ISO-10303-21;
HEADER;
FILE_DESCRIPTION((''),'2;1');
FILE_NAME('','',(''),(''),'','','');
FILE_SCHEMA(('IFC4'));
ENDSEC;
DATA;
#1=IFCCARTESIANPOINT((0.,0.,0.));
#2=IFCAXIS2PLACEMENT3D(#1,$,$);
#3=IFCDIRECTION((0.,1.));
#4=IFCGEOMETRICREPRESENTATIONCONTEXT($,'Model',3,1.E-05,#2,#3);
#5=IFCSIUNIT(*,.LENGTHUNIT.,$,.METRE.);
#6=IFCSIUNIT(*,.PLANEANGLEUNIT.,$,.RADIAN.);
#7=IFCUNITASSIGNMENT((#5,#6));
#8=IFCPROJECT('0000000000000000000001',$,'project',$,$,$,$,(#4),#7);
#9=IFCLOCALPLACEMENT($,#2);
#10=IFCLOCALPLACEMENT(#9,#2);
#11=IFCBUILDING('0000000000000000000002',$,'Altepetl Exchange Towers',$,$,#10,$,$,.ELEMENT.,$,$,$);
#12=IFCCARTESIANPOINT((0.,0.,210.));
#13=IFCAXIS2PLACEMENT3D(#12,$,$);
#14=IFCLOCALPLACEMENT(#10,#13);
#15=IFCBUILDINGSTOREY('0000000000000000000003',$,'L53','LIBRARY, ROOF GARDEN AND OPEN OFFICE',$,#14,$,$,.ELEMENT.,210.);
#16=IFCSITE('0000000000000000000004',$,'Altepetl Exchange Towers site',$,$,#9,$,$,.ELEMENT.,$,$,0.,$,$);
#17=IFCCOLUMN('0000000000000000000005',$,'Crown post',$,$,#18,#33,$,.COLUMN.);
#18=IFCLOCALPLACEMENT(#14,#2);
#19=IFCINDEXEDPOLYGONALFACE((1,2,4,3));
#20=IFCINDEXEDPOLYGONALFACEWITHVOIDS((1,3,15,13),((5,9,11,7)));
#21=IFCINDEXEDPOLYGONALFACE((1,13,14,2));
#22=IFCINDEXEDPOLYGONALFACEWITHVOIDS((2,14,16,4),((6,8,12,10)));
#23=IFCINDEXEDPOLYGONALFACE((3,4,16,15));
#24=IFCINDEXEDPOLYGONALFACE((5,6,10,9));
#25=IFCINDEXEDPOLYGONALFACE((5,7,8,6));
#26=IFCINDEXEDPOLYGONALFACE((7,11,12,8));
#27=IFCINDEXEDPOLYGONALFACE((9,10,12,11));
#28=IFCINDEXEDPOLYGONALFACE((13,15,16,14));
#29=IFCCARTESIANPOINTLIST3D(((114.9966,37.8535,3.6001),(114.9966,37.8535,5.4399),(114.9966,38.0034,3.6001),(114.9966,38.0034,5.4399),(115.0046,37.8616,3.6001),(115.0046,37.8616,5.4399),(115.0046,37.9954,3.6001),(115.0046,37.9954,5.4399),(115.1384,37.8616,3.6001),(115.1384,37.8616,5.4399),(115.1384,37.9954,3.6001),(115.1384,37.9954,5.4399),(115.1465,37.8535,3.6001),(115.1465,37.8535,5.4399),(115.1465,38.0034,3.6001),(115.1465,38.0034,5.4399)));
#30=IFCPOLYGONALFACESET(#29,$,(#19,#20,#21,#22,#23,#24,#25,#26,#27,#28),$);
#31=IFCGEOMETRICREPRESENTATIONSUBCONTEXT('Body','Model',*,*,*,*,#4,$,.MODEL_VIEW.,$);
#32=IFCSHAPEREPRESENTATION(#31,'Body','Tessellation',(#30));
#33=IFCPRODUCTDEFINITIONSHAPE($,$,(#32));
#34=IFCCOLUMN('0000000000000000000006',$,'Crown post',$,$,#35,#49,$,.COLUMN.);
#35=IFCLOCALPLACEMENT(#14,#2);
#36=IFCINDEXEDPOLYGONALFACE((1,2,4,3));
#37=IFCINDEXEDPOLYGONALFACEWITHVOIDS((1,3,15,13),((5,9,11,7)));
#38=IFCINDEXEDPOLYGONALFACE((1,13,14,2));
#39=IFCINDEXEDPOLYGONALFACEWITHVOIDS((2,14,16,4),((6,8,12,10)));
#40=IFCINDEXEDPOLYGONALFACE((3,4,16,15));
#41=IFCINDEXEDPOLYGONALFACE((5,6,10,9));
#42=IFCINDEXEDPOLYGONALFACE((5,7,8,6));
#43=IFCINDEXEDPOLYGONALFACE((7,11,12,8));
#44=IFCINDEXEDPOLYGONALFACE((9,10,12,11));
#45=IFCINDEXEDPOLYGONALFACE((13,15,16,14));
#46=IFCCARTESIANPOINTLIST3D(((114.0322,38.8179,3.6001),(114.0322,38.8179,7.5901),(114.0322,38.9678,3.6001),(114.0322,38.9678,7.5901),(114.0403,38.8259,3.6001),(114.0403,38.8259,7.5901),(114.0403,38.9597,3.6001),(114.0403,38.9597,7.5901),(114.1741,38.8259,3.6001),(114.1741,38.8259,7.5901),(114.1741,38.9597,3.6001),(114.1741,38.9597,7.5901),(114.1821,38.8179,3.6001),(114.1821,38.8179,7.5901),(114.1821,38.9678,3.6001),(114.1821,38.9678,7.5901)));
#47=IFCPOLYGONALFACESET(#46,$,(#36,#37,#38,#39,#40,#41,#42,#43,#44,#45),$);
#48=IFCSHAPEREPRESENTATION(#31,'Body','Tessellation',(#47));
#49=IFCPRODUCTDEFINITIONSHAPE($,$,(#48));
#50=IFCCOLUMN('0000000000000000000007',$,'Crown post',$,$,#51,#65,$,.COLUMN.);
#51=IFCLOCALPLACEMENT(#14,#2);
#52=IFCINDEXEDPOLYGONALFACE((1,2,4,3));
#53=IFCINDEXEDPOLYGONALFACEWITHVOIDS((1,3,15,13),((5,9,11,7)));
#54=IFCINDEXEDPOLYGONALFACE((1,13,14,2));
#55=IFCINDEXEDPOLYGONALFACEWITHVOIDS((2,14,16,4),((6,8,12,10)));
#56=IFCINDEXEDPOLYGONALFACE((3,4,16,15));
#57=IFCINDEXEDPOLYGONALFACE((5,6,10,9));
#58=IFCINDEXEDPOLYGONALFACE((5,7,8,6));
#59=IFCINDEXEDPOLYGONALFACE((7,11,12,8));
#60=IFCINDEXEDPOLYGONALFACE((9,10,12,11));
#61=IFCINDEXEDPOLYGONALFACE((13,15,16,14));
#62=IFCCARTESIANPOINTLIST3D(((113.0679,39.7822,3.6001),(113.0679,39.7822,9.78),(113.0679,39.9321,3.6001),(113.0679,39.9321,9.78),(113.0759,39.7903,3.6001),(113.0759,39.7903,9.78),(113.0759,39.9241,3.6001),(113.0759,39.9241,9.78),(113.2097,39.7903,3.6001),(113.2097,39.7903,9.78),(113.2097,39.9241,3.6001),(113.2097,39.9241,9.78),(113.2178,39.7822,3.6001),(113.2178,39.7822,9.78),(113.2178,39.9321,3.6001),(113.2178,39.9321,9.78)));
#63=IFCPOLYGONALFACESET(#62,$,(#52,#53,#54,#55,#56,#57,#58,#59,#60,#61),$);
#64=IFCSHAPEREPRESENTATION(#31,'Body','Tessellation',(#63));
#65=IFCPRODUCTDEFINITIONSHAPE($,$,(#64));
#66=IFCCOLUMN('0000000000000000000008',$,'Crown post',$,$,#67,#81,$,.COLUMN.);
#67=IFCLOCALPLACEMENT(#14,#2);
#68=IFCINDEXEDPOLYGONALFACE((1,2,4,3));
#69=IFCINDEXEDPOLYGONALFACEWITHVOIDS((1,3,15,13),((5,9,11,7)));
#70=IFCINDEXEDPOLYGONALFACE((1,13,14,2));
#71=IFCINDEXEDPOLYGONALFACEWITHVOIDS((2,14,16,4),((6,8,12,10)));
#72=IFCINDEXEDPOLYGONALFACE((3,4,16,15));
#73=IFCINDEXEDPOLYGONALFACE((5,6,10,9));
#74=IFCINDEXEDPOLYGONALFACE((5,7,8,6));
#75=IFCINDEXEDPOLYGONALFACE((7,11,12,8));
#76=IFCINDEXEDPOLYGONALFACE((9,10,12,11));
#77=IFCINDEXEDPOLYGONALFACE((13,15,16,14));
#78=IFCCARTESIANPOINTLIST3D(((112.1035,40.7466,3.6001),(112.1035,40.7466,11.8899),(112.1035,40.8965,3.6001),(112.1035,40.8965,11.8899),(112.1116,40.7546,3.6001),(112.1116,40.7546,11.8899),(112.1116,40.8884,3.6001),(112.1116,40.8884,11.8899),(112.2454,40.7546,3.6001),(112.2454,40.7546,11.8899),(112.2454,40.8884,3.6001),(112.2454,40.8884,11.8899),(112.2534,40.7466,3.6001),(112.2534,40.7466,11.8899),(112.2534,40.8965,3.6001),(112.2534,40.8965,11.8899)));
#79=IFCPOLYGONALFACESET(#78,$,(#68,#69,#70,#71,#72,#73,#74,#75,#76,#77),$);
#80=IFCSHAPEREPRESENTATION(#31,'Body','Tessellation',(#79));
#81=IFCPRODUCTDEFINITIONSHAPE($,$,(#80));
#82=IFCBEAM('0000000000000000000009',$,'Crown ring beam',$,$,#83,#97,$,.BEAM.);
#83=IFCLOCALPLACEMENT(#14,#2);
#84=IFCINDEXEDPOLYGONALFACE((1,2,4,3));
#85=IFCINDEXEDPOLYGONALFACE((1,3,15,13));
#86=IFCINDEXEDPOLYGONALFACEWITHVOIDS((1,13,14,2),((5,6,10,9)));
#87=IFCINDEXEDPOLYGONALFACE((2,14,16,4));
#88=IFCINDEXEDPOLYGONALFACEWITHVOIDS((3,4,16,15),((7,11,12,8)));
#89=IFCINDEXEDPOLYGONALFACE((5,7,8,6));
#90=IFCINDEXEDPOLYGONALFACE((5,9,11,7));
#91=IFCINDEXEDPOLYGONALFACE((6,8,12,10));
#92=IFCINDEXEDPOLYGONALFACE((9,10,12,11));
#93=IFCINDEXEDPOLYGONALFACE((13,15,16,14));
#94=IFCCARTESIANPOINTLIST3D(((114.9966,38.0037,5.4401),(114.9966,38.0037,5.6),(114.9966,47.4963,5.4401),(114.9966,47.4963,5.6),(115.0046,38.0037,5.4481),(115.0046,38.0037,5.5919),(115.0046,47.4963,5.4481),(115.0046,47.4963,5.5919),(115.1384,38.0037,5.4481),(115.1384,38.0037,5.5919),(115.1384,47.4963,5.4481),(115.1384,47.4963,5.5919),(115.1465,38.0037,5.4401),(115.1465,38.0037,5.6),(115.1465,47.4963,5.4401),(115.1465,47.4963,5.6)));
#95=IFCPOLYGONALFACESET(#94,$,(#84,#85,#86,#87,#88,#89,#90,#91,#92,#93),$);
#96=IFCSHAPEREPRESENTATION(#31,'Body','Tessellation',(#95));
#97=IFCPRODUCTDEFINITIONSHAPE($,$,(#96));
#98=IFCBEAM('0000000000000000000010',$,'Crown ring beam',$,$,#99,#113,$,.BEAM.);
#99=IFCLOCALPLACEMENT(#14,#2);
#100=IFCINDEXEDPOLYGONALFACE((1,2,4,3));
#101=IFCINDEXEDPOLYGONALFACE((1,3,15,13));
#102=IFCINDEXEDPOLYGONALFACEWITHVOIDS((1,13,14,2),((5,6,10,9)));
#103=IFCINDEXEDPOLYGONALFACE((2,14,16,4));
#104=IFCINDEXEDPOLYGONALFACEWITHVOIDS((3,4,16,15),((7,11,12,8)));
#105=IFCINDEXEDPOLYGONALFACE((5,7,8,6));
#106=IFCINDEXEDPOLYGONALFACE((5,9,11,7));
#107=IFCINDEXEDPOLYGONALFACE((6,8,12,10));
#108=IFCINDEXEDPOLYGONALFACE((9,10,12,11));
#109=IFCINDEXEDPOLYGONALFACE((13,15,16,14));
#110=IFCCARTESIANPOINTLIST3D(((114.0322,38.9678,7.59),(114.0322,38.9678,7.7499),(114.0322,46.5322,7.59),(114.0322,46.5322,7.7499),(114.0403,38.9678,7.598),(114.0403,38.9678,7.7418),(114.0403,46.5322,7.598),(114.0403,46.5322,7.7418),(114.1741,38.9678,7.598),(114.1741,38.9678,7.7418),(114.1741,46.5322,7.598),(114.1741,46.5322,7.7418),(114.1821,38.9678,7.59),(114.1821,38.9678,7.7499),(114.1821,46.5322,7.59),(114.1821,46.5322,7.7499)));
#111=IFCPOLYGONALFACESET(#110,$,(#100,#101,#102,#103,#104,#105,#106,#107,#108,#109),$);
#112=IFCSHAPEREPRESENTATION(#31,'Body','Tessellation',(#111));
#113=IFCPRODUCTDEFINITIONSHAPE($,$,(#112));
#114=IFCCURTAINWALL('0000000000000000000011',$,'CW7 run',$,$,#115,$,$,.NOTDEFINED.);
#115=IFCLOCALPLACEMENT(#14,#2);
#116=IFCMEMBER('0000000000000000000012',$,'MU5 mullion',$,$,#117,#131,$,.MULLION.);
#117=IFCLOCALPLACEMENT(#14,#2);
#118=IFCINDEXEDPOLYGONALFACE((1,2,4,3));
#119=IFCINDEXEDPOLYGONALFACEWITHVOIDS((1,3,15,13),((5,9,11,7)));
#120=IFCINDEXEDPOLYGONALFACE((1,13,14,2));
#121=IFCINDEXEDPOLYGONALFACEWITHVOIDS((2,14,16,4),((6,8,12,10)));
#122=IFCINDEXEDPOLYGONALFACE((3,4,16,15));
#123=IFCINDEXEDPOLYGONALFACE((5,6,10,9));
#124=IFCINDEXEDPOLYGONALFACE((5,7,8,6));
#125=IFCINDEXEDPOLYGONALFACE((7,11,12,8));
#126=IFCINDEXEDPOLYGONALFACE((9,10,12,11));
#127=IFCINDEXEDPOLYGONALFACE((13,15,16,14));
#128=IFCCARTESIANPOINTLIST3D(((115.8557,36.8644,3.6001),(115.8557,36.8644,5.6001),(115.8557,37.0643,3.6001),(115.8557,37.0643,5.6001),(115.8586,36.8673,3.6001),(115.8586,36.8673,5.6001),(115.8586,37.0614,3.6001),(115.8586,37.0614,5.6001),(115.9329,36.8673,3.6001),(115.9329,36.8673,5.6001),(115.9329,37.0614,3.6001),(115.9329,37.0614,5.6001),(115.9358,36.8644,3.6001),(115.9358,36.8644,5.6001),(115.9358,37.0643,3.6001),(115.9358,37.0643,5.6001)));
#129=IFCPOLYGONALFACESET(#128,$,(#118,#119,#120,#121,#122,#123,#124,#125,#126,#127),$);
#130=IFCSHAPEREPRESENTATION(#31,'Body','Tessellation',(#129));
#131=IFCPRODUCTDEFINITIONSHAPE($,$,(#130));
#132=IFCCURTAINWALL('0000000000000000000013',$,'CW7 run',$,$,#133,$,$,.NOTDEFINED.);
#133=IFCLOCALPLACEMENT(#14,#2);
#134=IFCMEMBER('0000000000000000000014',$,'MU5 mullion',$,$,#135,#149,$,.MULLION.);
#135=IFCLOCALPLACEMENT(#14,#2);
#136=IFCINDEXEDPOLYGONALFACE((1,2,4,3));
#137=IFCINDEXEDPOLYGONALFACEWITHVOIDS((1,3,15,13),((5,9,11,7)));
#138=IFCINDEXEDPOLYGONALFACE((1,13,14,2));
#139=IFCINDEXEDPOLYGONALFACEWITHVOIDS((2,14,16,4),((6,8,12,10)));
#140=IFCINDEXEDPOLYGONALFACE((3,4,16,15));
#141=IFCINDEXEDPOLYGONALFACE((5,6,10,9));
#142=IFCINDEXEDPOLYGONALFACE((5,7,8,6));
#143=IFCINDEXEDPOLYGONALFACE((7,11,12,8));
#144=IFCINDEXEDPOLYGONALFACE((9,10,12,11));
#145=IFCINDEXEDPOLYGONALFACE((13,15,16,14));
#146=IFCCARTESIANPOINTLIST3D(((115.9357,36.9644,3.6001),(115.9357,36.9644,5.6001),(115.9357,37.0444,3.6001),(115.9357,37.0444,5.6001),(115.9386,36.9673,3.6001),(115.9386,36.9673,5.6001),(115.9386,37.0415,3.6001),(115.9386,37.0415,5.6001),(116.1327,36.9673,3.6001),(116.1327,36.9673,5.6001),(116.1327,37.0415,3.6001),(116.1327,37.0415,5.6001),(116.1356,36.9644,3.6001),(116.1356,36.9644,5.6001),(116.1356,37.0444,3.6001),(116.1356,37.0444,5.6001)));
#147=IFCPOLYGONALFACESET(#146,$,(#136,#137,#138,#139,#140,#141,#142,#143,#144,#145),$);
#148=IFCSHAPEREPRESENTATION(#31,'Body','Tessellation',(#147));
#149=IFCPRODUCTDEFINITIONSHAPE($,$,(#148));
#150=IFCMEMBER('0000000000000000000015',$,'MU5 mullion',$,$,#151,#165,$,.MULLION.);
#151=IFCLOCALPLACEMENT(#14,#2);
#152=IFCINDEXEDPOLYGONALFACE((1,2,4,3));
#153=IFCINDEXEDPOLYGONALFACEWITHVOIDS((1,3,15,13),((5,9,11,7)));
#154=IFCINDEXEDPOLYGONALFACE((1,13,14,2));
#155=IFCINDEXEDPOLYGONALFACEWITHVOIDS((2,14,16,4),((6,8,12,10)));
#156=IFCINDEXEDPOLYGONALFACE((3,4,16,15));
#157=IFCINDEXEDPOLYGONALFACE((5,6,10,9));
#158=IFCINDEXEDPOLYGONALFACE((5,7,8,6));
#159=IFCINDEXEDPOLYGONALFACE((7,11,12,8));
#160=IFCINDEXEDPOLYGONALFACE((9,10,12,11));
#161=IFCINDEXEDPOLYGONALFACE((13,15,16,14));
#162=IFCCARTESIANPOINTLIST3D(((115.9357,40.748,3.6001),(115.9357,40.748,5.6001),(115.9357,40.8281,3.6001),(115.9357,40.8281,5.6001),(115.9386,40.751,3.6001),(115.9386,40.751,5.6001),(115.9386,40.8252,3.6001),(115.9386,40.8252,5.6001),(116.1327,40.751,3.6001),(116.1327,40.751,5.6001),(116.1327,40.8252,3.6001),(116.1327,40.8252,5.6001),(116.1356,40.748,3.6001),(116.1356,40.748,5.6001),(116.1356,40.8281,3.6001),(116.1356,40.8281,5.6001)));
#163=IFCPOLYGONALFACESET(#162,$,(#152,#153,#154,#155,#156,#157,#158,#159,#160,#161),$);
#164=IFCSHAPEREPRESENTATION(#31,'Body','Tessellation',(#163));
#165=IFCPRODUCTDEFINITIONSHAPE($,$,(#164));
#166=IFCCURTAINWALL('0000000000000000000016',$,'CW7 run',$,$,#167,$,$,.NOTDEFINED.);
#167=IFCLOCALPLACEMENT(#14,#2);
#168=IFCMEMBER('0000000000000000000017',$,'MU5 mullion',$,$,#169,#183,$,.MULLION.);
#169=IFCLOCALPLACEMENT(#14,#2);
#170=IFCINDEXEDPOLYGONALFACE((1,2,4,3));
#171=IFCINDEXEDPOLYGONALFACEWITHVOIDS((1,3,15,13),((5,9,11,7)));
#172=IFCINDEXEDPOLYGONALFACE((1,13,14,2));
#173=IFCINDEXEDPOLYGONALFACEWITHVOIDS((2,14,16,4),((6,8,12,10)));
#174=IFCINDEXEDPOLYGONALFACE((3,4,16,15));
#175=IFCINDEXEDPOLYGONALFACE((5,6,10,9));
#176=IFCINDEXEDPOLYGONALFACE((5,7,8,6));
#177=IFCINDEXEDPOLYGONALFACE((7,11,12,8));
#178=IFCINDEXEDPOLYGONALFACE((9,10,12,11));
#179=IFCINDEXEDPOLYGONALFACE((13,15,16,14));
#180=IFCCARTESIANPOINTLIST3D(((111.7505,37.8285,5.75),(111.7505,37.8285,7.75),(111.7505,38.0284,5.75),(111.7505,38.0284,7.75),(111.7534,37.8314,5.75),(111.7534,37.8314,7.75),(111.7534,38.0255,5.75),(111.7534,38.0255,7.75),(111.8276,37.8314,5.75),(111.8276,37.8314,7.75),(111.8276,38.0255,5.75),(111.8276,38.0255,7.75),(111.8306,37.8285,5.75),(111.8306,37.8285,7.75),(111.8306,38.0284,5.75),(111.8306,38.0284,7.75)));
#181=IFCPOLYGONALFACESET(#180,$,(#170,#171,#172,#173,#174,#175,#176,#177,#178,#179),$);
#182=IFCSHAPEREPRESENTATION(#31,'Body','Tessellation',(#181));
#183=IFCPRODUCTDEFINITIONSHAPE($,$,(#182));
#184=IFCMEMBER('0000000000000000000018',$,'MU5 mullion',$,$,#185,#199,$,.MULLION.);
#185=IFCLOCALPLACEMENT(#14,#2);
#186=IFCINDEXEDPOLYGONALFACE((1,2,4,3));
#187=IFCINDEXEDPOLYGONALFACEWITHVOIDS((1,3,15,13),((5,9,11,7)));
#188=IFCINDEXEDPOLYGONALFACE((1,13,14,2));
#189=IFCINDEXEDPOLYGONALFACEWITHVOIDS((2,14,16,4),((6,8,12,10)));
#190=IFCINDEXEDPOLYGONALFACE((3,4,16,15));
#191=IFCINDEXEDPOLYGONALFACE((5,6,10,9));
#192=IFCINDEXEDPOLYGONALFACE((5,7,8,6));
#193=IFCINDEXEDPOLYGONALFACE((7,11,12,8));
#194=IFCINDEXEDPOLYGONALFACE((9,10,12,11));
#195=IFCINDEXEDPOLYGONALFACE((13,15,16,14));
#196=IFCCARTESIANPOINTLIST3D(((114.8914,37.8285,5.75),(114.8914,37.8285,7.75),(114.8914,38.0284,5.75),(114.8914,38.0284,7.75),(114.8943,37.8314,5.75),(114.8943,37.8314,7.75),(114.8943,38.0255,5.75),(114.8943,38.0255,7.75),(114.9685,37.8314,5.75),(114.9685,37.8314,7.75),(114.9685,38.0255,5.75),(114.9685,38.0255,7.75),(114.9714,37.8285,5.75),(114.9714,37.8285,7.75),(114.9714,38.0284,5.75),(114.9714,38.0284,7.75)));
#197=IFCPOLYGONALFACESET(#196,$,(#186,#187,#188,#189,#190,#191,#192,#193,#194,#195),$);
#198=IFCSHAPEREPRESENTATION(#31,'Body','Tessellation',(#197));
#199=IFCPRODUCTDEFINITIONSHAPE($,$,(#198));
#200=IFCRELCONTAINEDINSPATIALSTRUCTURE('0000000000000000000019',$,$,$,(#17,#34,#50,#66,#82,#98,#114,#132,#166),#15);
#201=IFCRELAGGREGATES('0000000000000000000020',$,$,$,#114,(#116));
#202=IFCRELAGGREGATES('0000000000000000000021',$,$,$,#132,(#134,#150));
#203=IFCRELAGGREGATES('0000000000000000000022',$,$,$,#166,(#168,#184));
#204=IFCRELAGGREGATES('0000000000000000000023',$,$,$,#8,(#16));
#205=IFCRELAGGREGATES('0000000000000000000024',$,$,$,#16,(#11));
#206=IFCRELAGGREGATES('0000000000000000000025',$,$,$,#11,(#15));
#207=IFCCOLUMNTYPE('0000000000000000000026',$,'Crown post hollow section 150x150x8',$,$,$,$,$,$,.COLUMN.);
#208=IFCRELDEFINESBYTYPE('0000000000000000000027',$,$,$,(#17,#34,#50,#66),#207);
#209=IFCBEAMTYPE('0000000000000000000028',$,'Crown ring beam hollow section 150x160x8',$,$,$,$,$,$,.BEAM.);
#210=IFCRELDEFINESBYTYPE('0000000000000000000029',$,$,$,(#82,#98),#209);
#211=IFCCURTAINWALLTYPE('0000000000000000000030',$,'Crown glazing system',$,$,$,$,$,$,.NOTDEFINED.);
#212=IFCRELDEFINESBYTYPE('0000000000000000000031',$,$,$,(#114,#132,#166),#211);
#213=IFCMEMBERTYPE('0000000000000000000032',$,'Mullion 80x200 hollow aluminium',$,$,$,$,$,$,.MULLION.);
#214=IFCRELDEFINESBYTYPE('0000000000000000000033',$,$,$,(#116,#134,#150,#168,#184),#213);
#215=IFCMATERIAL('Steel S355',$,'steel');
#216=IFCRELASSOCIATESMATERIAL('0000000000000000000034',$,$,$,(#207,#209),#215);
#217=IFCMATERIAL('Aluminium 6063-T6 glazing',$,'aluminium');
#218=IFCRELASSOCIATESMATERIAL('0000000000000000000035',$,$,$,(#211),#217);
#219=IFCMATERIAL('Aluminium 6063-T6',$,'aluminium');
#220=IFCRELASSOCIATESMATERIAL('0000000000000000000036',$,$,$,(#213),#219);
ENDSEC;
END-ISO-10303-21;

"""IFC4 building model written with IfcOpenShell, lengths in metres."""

from ifc_helpers import new_model, si_unit, direction, frame, origin, origin_2d, place, context, subcontext, project, spatial, hollow_rectangle, extrude, material, material_profile, profile_set, type_object, element, aggregate, save


model = new_model("IFC4")

# Units and contexts
model_context = context("Model", 3, precision=1e-05, world=origin(), true_north=direction((0.0, 1.0)))
body_context = subcontext(model_context, "Body", "Model", "MODEL_VIEW")
ifc_project = project(units=[si_unit("LENGTHUNIT", "METRE"), si_unit("PLANEANGLEUNIT", "RADIAN")], contexts=[model_context])

# Site, building, storey
site_placement = place(None, origin())
site = spatial("IfcSite", under=ifc_project, at=site_placement, Name="Altepetl Exchange Towers site", CompositionType="ELEMENT", RefElevation=0.0)
building_placement = place(site_placement, origin())
building = spatial("IfcBuilding", under=site, at=building_placement, Name="Altepetl Exchange Towers", CompositionType="ELEMENT")
storey_placement = place(building_placement, frame((0.0, 0.0, 210.0)))
storey = spatial("IfcBuildingStorey", under=building, at=storey_placement, Name="L53", Description="LIBRARY, ROOF GARDEN AND OPEN OFFICE", CompositionType="ELEMENT", Elevation=210.0)

# Columns
ifc_material_1 = material(Name="Steel S355", Category="steel")
ifc_material_profile_1 = material_profile(ifc_material_1, hollow_rectangle(XDim=0.1499, YDim=0.1499, WallThickness=0.0081, at=origin_2d()), Name="RHS 150x150x8")
ifc_profile_set_1 = profile_set([ifc_material_profile_1], Name="Steel S355")
column_type = type_object("IfcColumnType", Name="Crown post hollow section 150x150x8", PredefinedType="COLUMN", material=ifc_profile_set_1)
column_1_placement = place(storey_placement, frame((115.0715, 37.9285, 3.6001)))
element("IfcColumn", 1, at=column_1_placement, inside=storey, type_object=column_type, Name="Crown post", PredefinedType="COLUMN", context=body_context, shape_type="SweptSolid", body=[
    extrude(hollow_rectangle(XDim=0.1499, YDim=0.1499, WallThickness=0.0081, at=origin_2d()), origin(), (0.0, 0.0, 1.0), 1.8398),
])
column_2_placement = place(storey_placement, frame((114.1072, 38.8928, 3.6001)))
element("IfcColumn", 2, at=column_2_placement, inside=storey, type_object=column_type, Name="Crown post", PredefinedType="COLUMN", context=body_context, shape_type="SweptSolid", body=[
    extrude(hollow_rectangle(XDim=0.1499, YDim=0.1499, WallThickness=0.0081, at=origin_2d()), origin(), (0.0, 0.0, 1.0), 3.99),
])
column_3_placement = place(storey_placement, frame((113.1428, 39.8572, 3.6001)))
element("IfcColumn", 3, at=column_3_placement, inside=storey, type_object=column_type, Name="Crown post", PredefinedType="COLUMN", context=body_context, shape_type="SweptSolid", body=[
    extrude(hollow_rectangle(XDim=0.1499, YDim=0.1499, WallThickness=0.0081, at=origin_2d()), origin(), (0.0, 0.0, 1.0), 6.1799),
])
column_4_placement = place(storey_placement, frame((112.1785, 40.8215, 3.6001)))
element("IfcColumn", 4, at=column_4_placement, inside=storey, type_object=column_type, Name="Crown post", PredefinedType="COLUMN", context=body_context, shape_type="SweptSolid", body=[
    extrude(hollow_rectangle(XDim=0.1499, YDim=0.1499, WallThickness=0.0081, at=origin_2d()), origin(), (0.0, 0.0, 1.0), 8.2898),
])

# Beams
ifc_material_profile_2 = material_profile(ifc_material_1, hollow_rectangle(XDim=0.1499, YDim=0.1599, WallThickness=0.0081, at=origin_2d()), Name="RHS 160x150x8")
ifc_profile_set_2 = profile_set([ifc_material_profile_2], Name="Steel S355")
beam_type = type_object("IfcBeamType", Name="Crown ring beam hollow section 150x160x8", PredefinedType="BEAM", material=ifc_profile_set_2)
beam_1_placement = place(storey_placement, frame((115.0715, 38.0037, 5.52), z_axis=(0.0, 1.0, 0.0), x_axis=(-1.0, 0.0, 0.0)))
element("IfcBeam", 5, at=beam_1_placement, inside=storey, type_object=beam_type, Name="Crown ring beam", PredefinedType="BEAM", context=body_context, shape_type="SweptSolid", body=[
    extrude(hollow_rectangle(XDim=0.1499, YDim=0.1599, WallThickness=0.0081, at=origin_2d()), origin(), (0.0, 0.0, 1.0), 9.4927),
])
beam_2_placement = place(storey_placement, frame((114.1072, 38.9678, 7.6699), z_axis=(0.0, 1.0, 0.0), x_axis=(-1.0, 0.0, 0.0)))
element("IfcBeam", 6, at=beam_2_placement, inside=storey, type_object=beam_type, Name="Crown ring beam", PredefinedType="BEAM", context=body_context, shape_type="SweptSolid", body=[
    extrude(hollow_rectangle(XDim=0.1499, YDim=0.1599, WallThickness=0.0081, at=origin_2d()), origin(), (0.0, 0.0, 1.0), 7.5645),
])

# Curtain wall, member
ifc_material_2 = material(Name="Aluminium 6063-T6 glazing", Category="aluminium")
curtain_wall_type = type_object("IfcCurtainWallType", Name="Crown glazing system", PredefinedType="NOTDEFINED", material=ifc_material_2)
curtain_wall_1_placement = place(storey_placement, origin())
curtain_wall_1 = element("IfcCurtainWall", 7, at=curtain_wall_1_placement, inside=storey, type_object=curtain_wall_type, Name="CW7 run", PredefinedType="NOTDEFINED")
ifc_material_3 = material(Name="Aluminium 6063-T6", Category="aluminium")
ifc_material_profile_3 = material_profile(ifc_material_3, hollow_rectangle(XDim=0.0801, YDim=0.2, WallThickness=0.0029, at=origin_2d()), Name="Mullion 80x200 hollow aluminium")
ifc_profile_set_3 = profile_set([ifc_material_profile_3], Name="Aluminium 6063-T6")
member_type = type_object("IfcMemberType", Name="Mullion 80x200 hollow aluminium", PredefinedType="MULLION", material=ifc_profile_set_3)
member_1_placement = place(storey_placement, frame((115.8958, 36.9644, 3.6001)))
member_1 = element("IfcMember", 8, at=member_1_placement, type_object=member_type, Name="MU5 mullion", PredefinedType="MULLION", context=body_context, shape_type="SweptSolid", body=[
    extrude(hollow_rectangle(XDim=0.0801, YDim=0.2, WallThickness=0.0029, at=origin_2d()), origin(), (0.0, 0.0, 1.0), 2.0),
])

# Curtain walls, members
curtain_wall_2_placement = place(storey_placement, origin())
curtain_wall_2 = element("IfcCurtainWall", 9, at=curtain_wall_2_placement, inside=storey, type_object=curtain_wall_type, Name="CW7 run", PredefinedType="NOTDEFINED")
member_2_placement = place(storey_placement, frame((116.0356, 37.0044, 3.6001), z_axis=(0.0, 0.0, 1.0), x_axis=(0.0, 1.0, 0.0)))
member_2 = element("IfcMember", 10, at=member_2_placement, type_object=member_type, Name="MU5 mullion", PredefinedType="MULLION", context=body_context, shape_type="SweptSolid", body=[
    extrude(hollow_rectangle(XDim=0.0801, YDim=0.2, WallThickness=0.0029, at=origin_2d()), origin(), (0.0, 0.0, 1.0), 2.0),
])
member_3_placement = place(storey_placement, frame((116.0356, 40.7881, 3.6001), z_axis=(0.0, 0.0, 1.0), x_axis=(0.0, 1.0, 0.0)))
member_3 = element("IfcMember", 11, at=member_3_placement, type_object=member_type, Name="MU5 mullion", PredefinedType="MULLION", context=body_context, shape_type="SweptSolid", body=[
    extrude(hollow_rectangle(XDim=0.0801, YDim=0.2, WallThickness=0.0029, at=origin_2d()), origin(), (0.0, 0.0, 1.0), 2.0),
])
curtain_wall_3_placement = place(storey_placement, origin())
curtain_wall_3 = element("IfcCurtainWall", 12, at=curtain_wall_3_placement, inside=storey, type_object=curtain_wall_type, Name="CW7 run", PredefinedType="NOTDEFINED")
member_4_placement = place(storey_placement, frame((111.7905, 37.9285, 5.75)))
member_4 = element("IfcMember", 13, at=member_4_placement, type_object=member_type, Name="MU5 mullion", PredefinedType="MULLION", context=body_context, shape_type="SweptSolid", body=[
    extrude(hollow_rectangle(XDim=0.0801, YDim=0.2, WallThickness=0.0029, at=origin_2d()), origin(), (0.0, 0.0, 1.0), 2.0),
])
member_5_placement = place(storey_placement, frame((114.9314, 37.9285, 5.75)))
member_5 = element("IfcMember", 14, at=member_5_placement, type_object=member_type, Name="MU5 mullion", PredefinedType="MULLION", context=body_context, shape_type="SweptSolid", body=[
    extrude(hollow_rectangle(XDim=0.0801, YDim=0.2, WallThickness=0.0029, at=origin_2d()), origin(), (0.0, 0.0, 1.0), 2.0),
])

aggregate(curtain_wall_1, [member_1])
aggregate(curtain_wall_2, [member_2, member_3])
aggregate(curtain_wall_3, [member_4, member_5])

save(model, "model.ifc")
